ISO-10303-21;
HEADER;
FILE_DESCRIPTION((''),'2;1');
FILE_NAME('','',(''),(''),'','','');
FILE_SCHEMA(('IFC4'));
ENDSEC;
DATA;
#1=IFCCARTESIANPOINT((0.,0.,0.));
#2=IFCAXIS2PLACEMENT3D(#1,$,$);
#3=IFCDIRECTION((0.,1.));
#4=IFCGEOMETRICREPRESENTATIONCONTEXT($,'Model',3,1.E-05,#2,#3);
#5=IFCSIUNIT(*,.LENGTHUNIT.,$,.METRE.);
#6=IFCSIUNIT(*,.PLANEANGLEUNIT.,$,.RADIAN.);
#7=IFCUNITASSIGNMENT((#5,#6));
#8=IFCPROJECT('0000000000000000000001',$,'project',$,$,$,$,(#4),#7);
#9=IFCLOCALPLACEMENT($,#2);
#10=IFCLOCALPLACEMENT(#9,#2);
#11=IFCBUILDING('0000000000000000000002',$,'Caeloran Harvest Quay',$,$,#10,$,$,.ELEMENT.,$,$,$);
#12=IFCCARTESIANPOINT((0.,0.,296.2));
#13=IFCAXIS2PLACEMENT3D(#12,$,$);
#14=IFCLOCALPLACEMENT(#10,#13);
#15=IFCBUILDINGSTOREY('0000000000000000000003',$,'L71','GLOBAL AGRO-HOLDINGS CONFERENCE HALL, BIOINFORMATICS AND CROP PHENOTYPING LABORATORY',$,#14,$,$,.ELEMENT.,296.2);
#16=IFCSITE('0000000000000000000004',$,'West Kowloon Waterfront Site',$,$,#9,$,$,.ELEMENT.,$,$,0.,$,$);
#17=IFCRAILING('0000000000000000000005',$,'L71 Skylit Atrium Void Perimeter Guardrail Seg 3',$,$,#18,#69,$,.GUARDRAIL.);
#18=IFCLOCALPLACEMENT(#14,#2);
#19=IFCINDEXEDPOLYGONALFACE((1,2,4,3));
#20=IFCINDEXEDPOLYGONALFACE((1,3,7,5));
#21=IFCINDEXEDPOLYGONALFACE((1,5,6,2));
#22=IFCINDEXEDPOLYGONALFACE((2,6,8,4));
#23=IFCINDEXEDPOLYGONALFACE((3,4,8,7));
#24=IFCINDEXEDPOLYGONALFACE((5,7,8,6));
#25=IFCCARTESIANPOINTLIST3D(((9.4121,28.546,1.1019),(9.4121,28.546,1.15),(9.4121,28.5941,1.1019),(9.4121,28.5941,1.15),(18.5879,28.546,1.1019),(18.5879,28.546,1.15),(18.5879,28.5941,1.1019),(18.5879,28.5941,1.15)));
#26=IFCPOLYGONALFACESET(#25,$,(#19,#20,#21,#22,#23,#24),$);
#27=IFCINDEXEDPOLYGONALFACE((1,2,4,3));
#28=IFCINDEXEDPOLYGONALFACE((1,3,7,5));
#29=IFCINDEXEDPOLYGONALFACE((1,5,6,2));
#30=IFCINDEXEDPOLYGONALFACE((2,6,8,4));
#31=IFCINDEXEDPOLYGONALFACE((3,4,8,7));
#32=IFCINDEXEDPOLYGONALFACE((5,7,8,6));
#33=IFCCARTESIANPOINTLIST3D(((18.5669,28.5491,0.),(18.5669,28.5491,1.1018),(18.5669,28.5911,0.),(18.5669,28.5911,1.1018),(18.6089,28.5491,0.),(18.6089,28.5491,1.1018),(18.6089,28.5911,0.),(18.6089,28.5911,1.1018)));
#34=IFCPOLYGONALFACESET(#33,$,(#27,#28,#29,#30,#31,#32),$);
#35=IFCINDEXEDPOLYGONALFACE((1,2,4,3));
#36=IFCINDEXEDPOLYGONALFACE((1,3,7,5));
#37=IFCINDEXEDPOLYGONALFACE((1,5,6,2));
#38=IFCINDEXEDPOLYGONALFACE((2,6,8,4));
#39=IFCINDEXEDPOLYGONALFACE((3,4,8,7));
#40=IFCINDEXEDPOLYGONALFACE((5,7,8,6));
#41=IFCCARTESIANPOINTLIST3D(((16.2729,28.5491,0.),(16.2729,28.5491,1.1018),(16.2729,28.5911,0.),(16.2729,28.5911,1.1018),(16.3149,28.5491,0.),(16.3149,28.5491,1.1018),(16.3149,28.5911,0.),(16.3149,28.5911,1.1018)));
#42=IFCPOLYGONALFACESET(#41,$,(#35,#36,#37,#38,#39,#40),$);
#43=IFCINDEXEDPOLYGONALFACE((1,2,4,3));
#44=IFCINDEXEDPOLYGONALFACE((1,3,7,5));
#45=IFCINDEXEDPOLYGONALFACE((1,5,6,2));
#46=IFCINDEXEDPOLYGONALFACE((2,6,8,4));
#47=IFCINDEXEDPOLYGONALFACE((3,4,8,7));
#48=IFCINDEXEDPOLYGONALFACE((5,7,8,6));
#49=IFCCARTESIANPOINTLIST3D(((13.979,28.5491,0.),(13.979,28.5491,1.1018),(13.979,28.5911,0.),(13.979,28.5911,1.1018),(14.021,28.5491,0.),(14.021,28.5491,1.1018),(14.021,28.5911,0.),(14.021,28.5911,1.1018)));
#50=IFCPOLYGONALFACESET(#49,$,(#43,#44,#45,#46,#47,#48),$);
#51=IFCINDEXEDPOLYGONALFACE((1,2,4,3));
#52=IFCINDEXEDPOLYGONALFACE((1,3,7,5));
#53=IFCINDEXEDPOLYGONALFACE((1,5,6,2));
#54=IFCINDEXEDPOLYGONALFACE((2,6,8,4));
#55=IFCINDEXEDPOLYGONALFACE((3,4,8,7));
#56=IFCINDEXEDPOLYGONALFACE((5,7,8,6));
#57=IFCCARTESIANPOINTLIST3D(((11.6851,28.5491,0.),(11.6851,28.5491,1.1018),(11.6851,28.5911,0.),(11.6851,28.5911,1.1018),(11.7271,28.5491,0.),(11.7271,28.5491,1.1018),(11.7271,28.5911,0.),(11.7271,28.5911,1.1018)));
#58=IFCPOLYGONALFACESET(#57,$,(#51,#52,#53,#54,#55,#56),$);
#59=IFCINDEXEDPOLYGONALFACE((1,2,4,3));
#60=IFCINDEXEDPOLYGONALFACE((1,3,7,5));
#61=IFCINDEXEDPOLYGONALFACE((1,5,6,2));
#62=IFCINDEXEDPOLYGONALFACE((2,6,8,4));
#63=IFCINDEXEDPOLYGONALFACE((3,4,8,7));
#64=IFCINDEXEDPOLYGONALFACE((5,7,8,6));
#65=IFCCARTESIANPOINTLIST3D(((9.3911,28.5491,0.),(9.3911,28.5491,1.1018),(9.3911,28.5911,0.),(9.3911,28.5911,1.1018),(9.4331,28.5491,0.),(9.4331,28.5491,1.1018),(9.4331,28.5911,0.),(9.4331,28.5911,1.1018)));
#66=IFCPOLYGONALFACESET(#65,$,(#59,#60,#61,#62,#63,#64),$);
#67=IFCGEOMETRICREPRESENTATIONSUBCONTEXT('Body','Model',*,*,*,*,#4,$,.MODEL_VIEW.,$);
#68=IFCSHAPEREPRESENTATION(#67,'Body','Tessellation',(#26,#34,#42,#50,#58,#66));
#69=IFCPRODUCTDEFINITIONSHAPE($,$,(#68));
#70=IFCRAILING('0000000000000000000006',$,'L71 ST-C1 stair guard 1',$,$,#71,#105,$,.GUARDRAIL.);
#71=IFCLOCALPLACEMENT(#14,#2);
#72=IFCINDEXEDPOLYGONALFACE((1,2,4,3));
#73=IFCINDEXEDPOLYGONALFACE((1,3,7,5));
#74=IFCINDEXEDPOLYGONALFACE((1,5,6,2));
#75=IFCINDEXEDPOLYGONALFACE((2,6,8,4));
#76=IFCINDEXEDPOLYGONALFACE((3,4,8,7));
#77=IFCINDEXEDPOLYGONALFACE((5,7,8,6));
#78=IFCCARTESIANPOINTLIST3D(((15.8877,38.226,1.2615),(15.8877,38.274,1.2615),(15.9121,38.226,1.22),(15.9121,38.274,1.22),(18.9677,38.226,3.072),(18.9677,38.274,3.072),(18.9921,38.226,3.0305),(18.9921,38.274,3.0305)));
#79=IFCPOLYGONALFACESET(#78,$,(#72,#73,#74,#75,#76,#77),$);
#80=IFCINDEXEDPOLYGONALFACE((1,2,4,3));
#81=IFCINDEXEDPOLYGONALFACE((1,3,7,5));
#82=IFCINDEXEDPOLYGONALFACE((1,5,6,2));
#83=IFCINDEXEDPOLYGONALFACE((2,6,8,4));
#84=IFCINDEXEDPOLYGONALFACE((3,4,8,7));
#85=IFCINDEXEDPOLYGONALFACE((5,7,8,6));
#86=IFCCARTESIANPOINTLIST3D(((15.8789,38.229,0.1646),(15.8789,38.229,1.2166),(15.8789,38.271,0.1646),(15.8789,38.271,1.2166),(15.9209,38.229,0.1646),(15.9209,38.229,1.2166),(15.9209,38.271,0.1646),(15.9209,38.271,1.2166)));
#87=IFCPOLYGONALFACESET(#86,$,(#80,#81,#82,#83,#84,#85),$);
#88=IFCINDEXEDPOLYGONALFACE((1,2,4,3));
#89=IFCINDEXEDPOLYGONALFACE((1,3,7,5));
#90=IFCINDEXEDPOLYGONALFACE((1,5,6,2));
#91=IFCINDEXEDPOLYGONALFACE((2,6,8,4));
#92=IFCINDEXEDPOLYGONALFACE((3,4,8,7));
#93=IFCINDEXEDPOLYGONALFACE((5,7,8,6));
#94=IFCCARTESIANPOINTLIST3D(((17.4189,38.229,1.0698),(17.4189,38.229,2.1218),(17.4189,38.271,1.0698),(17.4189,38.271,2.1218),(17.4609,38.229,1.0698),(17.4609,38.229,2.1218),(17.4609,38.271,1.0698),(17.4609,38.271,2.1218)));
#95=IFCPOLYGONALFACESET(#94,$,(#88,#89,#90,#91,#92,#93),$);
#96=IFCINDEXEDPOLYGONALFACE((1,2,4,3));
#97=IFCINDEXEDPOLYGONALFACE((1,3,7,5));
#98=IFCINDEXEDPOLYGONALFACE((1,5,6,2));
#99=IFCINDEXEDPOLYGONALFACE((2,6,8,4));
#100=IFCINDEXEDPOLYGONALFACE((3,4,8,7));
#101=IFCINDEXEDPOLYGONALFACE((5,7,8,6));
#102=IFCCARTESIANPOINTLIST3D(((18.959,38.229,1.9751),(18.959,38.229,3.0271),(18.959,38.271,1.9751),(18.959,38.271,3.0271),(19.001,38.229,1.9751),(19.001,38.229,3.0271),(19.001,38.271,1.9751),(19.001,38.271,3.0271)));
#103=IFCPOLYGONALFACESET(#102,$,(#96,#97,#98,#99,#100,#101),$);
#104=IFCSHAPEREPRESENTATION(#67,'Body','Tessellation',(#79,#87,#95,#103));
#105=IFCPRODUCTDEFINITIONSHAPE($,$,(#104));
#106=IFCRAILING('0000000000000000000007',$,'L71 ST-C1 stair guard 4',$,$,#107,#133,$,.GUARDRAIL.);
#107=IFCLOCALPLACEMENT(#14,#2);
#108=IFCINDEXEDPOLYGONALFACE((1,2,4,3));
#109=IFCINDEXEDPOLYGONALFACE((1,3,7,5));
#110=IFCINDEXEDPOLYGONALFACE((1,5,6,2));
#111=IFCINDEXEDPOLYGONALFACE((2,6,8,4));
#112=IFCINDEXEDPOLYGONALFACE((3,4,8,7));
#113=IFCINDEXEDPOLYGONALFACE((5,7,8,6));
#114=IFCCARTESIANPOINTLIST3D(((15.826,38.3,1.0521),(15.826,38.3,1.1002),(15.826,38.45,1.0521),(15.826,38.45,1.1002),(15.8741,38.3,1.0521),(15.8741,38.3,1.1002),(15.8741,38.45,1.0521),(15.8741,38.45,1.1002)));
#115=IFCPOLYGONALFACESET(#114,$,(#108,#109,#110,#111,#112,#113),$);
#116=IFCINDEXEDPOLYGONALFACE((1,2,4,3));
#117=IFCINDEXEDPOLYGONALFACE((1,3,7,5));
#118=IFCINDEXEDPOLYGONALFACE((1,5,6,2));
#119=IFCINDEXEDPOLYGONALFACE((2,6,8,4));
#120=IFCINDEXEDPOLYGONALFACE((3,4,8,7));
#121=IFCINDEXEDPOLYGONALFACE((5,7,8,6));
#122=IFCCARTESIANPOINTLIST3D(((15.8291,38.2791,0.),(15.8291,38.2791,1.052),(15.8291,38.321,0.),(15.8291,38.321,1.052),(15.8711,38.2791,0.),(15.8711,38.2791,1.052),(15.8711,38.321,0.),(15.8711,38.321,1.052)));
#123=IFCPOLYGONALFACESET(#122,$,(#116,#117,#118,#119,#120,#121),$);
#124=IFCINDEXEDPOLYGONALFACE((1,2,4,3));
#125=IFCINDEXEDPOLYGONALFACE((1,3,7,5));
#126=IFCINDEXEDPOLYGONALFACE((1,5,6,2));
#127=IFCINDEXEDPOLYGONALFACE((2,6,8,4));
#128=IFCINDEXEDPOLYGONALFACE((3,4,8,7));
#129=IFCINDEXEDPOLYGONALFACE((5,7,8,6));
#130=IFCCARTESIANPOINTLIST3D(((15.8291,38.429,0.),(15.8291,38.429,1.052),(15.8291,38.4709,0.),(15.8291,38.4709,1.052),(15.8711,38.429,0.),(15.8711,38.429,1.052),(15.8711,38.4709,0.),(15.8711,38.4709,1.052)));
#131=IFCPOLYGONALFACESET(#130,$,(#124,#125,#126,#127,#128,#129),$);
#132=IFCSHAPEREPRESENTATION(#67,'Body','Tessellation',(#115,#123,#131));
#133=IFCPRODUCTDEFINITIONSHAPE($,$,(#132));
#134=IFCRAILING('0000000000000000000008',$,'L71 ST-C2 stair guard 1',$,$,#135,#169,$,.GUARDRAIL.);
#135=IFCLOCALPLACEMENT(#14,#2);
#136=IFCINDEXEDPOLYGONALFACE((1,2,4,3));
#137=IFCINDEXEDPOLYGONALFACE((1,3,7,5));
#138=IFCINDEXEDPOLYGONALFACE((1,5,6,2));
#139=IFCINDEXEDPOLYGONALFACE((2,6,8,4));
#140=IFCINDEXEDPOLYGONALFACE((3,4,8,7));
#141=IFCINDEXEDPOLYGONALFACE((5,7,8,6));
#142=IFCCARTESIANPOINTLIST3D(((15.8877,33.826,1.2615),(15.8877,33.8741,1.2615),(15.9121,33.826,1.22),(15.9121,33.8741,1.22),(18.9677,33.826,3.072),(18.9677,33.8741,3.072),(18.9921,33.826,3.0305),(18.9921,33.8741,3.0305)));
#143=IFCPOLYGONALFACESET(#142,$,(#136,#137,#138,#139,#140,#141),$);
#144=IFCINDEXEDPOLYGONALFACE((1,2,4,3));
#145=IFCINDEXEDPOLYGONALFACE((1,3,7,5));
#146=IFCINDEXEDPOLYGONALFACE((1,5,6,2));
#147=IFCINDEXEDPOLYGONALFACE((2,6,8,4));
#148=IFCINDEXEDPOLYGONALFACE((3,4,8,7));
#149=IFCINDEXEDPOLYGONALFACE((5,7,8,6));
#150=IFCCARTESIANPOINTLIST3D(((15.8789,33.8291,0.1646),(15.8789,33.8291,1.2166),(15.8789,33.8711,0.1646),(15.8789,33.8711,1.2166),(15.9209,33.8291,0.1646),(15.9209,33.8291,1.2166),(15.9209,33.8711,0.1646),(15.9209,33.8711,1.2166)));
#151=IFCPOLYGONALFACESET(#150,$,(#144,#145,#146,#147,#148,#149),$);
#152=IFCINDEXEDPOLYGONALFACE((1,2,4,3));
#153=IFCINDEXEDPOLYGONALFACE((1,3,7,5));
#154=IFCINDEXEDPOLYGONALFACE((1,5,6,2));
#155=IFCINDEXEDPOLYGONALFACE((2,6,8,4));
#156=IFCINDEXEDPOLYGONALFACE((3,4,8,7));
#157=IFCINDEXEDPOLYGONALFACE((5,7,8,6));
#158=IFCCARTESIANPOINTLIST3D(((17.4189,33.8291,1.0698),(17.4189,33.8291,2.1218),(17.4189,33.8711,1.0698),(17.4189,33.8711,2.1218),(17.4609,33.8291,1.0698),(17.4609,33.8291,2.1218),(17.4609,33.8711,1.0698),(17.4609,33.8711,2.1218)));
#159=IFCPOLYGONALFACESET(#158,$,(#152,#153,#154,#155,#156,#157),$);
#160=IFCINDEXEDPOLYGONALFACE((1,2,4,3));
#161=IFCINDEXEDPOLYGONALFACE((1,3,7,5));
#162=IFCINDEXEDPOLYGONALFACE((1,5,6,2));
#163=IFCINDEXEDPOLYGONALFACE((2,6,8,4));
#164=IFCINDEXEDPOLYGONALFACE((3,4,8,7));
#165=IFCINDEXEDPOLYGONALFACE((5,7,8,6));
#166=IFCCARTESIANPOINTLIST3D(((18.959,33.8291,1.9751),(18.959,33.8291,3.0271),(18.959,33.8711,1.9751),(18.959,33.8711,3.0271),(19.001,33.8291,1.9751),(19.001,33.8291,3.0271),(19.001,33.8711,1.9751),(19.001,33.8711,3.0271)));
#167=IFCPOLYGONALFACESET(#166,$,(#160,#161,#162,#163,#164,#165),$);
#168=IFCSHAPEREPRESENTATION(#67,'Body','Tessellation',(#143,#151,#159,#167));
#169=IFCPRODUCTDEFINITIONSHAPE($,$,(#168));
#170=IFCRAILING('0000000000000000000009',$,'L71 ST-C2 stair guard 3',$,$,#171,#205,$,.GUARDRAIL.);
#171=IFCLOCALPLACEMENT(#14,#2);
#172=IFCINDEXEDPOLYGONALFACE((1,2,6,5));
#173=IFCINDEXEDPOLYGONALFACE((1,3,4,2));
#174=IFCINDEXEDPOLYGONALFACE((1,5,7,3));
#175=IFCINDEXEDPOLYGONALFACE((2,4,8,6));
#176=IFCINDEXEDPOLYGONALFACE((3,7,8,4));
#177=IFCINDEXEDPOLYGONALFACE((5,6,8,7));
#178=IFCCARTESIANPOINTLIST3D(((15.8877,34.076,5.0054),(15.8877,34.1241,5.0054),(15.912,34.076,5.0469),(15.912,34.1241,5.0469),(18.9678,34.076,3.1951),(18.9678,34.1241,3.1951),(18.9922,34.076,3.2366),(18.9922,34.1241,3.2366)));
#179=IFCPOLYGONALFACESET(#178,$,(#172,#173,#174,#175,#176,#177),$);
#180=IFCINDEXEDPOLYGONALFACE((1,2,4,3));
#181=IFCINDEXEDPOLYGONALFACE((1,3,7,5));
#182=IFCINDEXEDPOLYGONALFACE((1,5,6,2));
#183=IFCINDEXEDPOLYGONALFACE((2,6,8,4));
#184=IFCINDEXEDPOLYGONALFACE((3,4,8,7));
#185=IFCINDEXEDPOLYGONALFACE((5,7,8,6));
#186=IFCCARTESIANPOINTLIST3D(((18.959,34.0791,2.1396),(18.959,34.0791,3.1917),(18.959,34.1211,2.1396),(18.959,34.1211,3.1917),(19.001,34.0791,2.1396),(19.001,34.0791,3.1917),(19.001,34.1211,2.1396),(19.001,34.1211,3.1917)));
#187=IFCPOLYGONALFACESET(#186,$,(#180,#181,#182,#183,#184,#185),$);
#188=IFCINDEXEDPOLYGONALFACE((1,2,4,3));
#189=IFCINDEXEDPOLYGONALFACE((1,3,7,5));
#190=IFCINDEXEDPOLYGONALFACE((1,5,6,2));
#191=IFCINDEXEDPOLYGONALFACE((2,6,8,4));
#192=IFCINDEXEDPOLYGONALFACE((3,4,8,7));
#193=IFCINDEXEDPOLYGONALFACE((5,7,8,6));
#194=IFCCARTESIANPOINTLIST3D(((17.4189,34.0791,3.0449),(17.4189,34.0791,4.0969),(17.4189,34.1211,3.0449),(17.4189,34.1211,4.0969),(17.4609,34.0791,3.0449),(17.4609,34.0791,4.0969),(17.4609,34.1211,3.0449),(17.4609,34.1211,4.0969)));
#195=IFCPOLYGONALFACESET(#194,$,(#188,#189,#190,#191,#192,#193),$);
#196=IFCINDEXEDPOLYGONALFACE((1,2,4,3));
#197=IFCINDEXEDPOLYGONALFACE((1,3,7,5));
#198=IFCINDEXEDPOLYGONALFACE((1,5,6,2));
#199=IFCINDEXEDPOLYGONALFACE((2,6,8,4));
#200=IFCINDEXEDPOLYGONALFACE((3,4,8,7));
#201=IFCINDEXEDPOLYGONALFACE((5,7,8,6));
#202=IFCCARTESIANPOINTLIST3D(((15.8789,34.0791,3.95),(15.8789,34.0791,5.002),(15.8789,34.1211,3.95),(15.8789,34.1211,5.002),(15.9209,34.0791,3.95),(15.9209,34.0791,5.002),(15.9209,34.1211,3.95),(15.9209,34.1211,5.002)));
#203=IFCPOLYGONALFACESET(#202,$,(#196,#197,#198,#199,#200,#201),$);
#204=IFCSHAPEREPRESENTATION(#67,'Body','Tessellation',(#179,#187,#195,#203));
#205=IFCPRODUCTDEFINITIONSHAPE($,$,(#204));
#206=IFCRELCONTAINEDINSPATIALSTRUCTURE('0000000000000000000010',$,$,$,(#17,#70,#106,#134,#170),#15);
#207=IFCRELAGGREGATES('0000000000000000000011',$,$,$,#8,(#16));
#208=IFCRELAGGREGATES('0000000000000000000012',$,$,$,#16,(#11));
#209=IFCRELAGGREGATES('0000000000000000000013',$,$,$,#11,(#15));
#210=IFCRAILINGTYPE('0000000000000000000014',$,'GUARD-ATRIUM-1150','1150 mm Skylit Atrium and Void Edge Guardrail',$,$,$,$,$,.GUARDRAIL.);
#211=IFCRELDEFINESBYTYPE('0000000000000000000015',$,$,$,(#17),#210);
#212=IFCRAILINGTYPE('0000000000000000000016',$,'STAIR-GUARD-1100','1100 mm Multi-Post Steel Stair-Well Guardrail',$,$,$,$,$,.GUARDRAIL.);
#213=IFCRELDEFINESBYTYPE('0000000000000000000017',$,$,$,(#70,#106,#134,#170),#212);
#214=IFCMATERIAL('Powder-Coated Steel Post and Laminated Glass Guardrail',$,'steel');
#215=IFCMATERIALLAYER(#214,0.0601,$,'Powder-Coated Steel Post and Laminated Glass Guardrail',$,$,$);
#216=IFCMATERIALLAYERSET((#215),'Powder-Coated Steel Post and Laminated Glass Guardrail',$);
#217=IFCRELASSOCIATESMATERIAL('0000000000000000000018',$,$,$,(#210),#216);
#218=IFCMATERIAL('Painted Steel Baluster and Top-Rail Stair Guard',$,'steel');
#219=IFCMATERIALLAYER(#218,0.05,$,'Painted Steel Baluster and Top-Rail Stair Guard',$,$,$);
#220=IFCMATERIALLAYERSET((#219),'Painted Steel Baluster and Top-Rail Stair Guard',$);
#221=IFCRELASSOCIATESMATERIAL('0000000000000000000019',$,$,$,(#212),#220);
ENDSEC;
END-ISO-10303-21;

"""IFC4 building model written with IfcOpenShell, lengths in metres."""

from ifc_helpers import new_model, si_unit, direction, frame, origin, origin_2d, place, context, subcontext, project, spatial, rectangle, extrude, material, layer, layer_set, type_object, element, save


model = new_model("IFC4")

# Units and contexts
model_context = context("Model", 3, precision=1e-05, world=origin(), true_north=direction((0.0, 1.0)))
body_context = subcontext(model_context, "Body", "Model", "MODEL_VIEW")
ifc_project = project(units=[si_unit("LENGTHUNIT", "METRE"), si_unit("PLANEANGLEUNIT", "RADIAN")], contexts=[model_context])

# Site, building, storey
site_placement = place(None, origin())
site = spatial("IfcSite", under=ifc_project, at=site_placement, Name="West Kowloon Waterfront Site", CompositionType="ELEMENT", RefElevation=0.0)
building_placement = place(site_placement, origin())
building = spatial("IfcBuilding", under=site, at=building_placement, Name="Caeloran Harvest Quay", CompositionType="ELEMENT")
storey_placement = place(building_placement, frame((0.0, 0.0, 296.2)))
storey = spatial("IfcBuildingStorey", under=building, at=storey_placement, Name="L71", Description="GLOBAL AGRO-HOLDINGS CONFERENCE HALL, BIOINFORMATICS AND CROP PHENOTYPING LABORATORY", CompositionType="ELEMENT", Elevation=296.2)

# Railings
ifc_material_1 = material(Name="Powder-Coated Steel Post and Laminated Glass Guardrail", Category="steel")
ifc_layer_1 = layer(ifc_material_1, 0.0601, Name="Powder-Coated Steel Post and Laminated Glass Guardrail")
ifc_layer_set_1 = layer_set([ifc_layer_1], Name="Powder-Coated Steel Post and Laminated Glass Guardrail")
railing_type_1 = type_object("IfcRailingType", Name="GUARD-ATRIUM-1150", Description="1150 mm Skylit Atrium and Void Edge Guardrail", PredefinedType="GUARDRAIL", material=ifc_layer_set_1)
railing_1_placement = place(storey_placement, frame((18.5879, 28.5701, 0.0)))
element("IfcRailing", 1, at=railing_1_placement, inside=storey, type_object=railing_type_1, Name="L71 Skylit Atrium Void Perimeter Guardrail Seg 3", PredefinedType="GUARDRAIL", context=body_context, shape_type="SweptSolid", body=[
    extrude(rectangle(XDim=0.0481, YDim=0.0481, at=origin_2d()), frame((0.0, 0.0, 1.126), z_axis=(-1.0, 0.0, 0.0), x_axis=(0.0, -1.0, 0.0)), (0.0, 0.0, 1.0), 9.1758),
    extrude(rectangle(XDim=0.042, YDim=0.042, at=origin_2d()), origin(), (0.0, 0.0, 1.0), 1.1018),
    extrude(rectangle(XDim=0.042, YDim=0.042, at=origin_2d()), frame((-2.2939, 0.0, 0.0)), (0.0, 0.0, 1.0), 1.1018),
    extrude(rectangle(XDim=0.042, YDim=0.042, at=origin_2d()), frame((-4.5879, 0.0, 0.0)), (0.0, 0.0, 1.0), 1.1018),
    extrude(rectangle(XDim=0.042, YDim=0.042, at=origin_2d()), frame((-6.8818, 0.0, 0.0)), (0.0, 0.0, 1.0), 1.1018),
    extrude(rectangle(XDim=0.042, YDim=0.042, at=origin_2d()), frame((-9.1758, 0.0, 0.0)), (0.0, 0.0, 1.0), 1.1018),
])
ifc_material_2 = material(Name="Painted Steel Baluster and Top-Rail Stair Guard", Category="steel")
ifc_layer_2 = layer(ifc_material_2, 0.05, Name="Painted Steel Baluster and Top-Rail Stair Guard")
ifc_layer_set_2 = layer_set([ifc_layer_2], Name="Painted Steel Baluster and Top-Rail Stair Guard")
railing_type_2 = type_object("IfcRailingType", Name="STAIR-GUARD-1100", Description="1100 mm Multi-Post Steel Stair-Well Guardrail", PredefinedType="GUARDRAIL", material=ifc_layer_set_2)
railing_2_placement = place(storey_placement, frame((15.8999, 38.25, 0.1646)))
element("IfcRailing", 2, at=railing_2_placement, inside=storey, type_object=railing_type_2, Name="L71 ST-C1 stair guard 1", PredefinedType="GUARDRAIL", context=body_context, shape_type="SweptSolid", body=[
    extrude(rectangle(XDim=0.0481, YDim=0.0481, at=origin_2d()), frame((0.0, 0.0, 1.0762), z_axis=(0.862089, 0.0, 0.506757), x_axis=(0.0, 1.0, 0.0)), (0.0, 0.0, 1.0), 3.5728),
    extrude(rectangle(XDim=0.042, YDim=0.042, at=origin_2d()), origin(), (0.0, 0.0, 1.0), 1.052),
    extrude(rectangle(XDim=0.042, YDim=0.042, at=origin_2d()), frame((1.54, 0.0, 0.9053)), (0.0, 0.0, 1.0), 1.052),
    extrude(rectangle(XDim=0.042, YDim=0.042, at=origin_2d()), frame((3.0801, 0.0, 1.8105)), (0.0, 0.0, 1.0), 1.052),
])
railing_3_placement = place(storey_placement, frame((15.8501, 38.3, 0.0)))
element("IfcRailing", 3, at=railing_3_placement, inside=storey, type_object=railing_type_2, Name="L71 ST-C1 stair guard 4", PredefinedType="GUARDRAIL", context=body_context, shape_type="SweptSolid", body=[
    extrude(rectangle(XDim=0.0481, YDim=0.0481, at=origin_2d()), frame((0.0, 0.0, 1.0762), z_axis=(0.0, 1.0, 0.0), x_axis=(-1.0, 0.0, 0.0)), (0.0, 0.0, 1.0), 0.1499),
    extrude(rectangle(XDim=0.042, YDim=0.042, at=origin_2d()), origin(), (0.0, 0.0, 1.0), 1.052),
    extrude(rectangle(XDim=0.042, YDim=0.042, at=origin_2d()), frame((0.0, 0.1499, 0.0)), (0.0, 0.0, 1.0), 1.052),
])
railing_4_placement = place(storey_placement, frame((15.8999, 33.8501, 0.1646)))
element("IfcRailing", 4, at=railing_4_placement, inside=storey, type_object=railing_type_2, Name="L71 ST-C2 stair guard 1", PredefinedType="GUARDRAIL", context=body_context, shape_type="SweptSolid", body=[
    extrude(rectangle(XDim=0.0481, YDim=0.0481, at=origin_2d()), frame((0.0, 0.0, 1.0762), z_axis=(0.862089, 0.0, 0.506757), x_axis=(0.0, 1.0, 0.0)), (0.0, 0.0, 1.0), 3.5728),
    extrude(rectangle(XDim=0.042, YDim=0.042, at=origin_2d()), origin(), (0.0, 0.0, 1.0), 1.052),
    extrude(rectangle(XDim=0.042, YDim=0.042, at=origin_2d()), frame((1.54, 0.0, 0.9053)), (0.0, 0.0, 1.0), 1.052),
    extrude(rectangle(XDim=0.042, YDim=0.042, at=origin_2d()), frame((3.0801, 0.0, 1.8105)), (0.0, 0.0, 1.0), 1.052),
])
railing_5_placement = place(storey_placement, frame((18.98, 34.1001, 2.1396)))
element("IfcRailing", 5, at=railing_5_placement, inside=storey, type_object=railing_type_2, Name="L71 ST-C2 stair guard 3", PredefinedType="GUARDRAIL", context=body_context, shape_type="SweptSolid", body=[
    extrude(rectangle(XDim=0.0481, YDim=0.0481, at=origin_2d()), frame((0.0, 0.0, 1.0762), z_axis=(-0.862119, 0.0, 0.506707), x_axis=(0.0, -1.0, 0.0)), (0.0, 0.0, 1.0), 3.5728),
    extrude(rectangle(XDim=0.042, YDim=0.042, at=origin_2d()), origin(), (0.0, 0.0, 1.0), 1.052),
    extrude(rectangle(XDim=0.042, YDim=0.042, at=origin_2d()), frame((-1.54, 0.0, 0.9053)), (0.0, 0.0, 1.0), 1.052),
    extrude(rectangle(XDim=0.042, YDim=0.042, at=origin_2d()), frame((-3.0801, 0.0, 1.8103)), (0.0, 0.0, 1.0), 1.052),
])

save(model, "model.ifc")
